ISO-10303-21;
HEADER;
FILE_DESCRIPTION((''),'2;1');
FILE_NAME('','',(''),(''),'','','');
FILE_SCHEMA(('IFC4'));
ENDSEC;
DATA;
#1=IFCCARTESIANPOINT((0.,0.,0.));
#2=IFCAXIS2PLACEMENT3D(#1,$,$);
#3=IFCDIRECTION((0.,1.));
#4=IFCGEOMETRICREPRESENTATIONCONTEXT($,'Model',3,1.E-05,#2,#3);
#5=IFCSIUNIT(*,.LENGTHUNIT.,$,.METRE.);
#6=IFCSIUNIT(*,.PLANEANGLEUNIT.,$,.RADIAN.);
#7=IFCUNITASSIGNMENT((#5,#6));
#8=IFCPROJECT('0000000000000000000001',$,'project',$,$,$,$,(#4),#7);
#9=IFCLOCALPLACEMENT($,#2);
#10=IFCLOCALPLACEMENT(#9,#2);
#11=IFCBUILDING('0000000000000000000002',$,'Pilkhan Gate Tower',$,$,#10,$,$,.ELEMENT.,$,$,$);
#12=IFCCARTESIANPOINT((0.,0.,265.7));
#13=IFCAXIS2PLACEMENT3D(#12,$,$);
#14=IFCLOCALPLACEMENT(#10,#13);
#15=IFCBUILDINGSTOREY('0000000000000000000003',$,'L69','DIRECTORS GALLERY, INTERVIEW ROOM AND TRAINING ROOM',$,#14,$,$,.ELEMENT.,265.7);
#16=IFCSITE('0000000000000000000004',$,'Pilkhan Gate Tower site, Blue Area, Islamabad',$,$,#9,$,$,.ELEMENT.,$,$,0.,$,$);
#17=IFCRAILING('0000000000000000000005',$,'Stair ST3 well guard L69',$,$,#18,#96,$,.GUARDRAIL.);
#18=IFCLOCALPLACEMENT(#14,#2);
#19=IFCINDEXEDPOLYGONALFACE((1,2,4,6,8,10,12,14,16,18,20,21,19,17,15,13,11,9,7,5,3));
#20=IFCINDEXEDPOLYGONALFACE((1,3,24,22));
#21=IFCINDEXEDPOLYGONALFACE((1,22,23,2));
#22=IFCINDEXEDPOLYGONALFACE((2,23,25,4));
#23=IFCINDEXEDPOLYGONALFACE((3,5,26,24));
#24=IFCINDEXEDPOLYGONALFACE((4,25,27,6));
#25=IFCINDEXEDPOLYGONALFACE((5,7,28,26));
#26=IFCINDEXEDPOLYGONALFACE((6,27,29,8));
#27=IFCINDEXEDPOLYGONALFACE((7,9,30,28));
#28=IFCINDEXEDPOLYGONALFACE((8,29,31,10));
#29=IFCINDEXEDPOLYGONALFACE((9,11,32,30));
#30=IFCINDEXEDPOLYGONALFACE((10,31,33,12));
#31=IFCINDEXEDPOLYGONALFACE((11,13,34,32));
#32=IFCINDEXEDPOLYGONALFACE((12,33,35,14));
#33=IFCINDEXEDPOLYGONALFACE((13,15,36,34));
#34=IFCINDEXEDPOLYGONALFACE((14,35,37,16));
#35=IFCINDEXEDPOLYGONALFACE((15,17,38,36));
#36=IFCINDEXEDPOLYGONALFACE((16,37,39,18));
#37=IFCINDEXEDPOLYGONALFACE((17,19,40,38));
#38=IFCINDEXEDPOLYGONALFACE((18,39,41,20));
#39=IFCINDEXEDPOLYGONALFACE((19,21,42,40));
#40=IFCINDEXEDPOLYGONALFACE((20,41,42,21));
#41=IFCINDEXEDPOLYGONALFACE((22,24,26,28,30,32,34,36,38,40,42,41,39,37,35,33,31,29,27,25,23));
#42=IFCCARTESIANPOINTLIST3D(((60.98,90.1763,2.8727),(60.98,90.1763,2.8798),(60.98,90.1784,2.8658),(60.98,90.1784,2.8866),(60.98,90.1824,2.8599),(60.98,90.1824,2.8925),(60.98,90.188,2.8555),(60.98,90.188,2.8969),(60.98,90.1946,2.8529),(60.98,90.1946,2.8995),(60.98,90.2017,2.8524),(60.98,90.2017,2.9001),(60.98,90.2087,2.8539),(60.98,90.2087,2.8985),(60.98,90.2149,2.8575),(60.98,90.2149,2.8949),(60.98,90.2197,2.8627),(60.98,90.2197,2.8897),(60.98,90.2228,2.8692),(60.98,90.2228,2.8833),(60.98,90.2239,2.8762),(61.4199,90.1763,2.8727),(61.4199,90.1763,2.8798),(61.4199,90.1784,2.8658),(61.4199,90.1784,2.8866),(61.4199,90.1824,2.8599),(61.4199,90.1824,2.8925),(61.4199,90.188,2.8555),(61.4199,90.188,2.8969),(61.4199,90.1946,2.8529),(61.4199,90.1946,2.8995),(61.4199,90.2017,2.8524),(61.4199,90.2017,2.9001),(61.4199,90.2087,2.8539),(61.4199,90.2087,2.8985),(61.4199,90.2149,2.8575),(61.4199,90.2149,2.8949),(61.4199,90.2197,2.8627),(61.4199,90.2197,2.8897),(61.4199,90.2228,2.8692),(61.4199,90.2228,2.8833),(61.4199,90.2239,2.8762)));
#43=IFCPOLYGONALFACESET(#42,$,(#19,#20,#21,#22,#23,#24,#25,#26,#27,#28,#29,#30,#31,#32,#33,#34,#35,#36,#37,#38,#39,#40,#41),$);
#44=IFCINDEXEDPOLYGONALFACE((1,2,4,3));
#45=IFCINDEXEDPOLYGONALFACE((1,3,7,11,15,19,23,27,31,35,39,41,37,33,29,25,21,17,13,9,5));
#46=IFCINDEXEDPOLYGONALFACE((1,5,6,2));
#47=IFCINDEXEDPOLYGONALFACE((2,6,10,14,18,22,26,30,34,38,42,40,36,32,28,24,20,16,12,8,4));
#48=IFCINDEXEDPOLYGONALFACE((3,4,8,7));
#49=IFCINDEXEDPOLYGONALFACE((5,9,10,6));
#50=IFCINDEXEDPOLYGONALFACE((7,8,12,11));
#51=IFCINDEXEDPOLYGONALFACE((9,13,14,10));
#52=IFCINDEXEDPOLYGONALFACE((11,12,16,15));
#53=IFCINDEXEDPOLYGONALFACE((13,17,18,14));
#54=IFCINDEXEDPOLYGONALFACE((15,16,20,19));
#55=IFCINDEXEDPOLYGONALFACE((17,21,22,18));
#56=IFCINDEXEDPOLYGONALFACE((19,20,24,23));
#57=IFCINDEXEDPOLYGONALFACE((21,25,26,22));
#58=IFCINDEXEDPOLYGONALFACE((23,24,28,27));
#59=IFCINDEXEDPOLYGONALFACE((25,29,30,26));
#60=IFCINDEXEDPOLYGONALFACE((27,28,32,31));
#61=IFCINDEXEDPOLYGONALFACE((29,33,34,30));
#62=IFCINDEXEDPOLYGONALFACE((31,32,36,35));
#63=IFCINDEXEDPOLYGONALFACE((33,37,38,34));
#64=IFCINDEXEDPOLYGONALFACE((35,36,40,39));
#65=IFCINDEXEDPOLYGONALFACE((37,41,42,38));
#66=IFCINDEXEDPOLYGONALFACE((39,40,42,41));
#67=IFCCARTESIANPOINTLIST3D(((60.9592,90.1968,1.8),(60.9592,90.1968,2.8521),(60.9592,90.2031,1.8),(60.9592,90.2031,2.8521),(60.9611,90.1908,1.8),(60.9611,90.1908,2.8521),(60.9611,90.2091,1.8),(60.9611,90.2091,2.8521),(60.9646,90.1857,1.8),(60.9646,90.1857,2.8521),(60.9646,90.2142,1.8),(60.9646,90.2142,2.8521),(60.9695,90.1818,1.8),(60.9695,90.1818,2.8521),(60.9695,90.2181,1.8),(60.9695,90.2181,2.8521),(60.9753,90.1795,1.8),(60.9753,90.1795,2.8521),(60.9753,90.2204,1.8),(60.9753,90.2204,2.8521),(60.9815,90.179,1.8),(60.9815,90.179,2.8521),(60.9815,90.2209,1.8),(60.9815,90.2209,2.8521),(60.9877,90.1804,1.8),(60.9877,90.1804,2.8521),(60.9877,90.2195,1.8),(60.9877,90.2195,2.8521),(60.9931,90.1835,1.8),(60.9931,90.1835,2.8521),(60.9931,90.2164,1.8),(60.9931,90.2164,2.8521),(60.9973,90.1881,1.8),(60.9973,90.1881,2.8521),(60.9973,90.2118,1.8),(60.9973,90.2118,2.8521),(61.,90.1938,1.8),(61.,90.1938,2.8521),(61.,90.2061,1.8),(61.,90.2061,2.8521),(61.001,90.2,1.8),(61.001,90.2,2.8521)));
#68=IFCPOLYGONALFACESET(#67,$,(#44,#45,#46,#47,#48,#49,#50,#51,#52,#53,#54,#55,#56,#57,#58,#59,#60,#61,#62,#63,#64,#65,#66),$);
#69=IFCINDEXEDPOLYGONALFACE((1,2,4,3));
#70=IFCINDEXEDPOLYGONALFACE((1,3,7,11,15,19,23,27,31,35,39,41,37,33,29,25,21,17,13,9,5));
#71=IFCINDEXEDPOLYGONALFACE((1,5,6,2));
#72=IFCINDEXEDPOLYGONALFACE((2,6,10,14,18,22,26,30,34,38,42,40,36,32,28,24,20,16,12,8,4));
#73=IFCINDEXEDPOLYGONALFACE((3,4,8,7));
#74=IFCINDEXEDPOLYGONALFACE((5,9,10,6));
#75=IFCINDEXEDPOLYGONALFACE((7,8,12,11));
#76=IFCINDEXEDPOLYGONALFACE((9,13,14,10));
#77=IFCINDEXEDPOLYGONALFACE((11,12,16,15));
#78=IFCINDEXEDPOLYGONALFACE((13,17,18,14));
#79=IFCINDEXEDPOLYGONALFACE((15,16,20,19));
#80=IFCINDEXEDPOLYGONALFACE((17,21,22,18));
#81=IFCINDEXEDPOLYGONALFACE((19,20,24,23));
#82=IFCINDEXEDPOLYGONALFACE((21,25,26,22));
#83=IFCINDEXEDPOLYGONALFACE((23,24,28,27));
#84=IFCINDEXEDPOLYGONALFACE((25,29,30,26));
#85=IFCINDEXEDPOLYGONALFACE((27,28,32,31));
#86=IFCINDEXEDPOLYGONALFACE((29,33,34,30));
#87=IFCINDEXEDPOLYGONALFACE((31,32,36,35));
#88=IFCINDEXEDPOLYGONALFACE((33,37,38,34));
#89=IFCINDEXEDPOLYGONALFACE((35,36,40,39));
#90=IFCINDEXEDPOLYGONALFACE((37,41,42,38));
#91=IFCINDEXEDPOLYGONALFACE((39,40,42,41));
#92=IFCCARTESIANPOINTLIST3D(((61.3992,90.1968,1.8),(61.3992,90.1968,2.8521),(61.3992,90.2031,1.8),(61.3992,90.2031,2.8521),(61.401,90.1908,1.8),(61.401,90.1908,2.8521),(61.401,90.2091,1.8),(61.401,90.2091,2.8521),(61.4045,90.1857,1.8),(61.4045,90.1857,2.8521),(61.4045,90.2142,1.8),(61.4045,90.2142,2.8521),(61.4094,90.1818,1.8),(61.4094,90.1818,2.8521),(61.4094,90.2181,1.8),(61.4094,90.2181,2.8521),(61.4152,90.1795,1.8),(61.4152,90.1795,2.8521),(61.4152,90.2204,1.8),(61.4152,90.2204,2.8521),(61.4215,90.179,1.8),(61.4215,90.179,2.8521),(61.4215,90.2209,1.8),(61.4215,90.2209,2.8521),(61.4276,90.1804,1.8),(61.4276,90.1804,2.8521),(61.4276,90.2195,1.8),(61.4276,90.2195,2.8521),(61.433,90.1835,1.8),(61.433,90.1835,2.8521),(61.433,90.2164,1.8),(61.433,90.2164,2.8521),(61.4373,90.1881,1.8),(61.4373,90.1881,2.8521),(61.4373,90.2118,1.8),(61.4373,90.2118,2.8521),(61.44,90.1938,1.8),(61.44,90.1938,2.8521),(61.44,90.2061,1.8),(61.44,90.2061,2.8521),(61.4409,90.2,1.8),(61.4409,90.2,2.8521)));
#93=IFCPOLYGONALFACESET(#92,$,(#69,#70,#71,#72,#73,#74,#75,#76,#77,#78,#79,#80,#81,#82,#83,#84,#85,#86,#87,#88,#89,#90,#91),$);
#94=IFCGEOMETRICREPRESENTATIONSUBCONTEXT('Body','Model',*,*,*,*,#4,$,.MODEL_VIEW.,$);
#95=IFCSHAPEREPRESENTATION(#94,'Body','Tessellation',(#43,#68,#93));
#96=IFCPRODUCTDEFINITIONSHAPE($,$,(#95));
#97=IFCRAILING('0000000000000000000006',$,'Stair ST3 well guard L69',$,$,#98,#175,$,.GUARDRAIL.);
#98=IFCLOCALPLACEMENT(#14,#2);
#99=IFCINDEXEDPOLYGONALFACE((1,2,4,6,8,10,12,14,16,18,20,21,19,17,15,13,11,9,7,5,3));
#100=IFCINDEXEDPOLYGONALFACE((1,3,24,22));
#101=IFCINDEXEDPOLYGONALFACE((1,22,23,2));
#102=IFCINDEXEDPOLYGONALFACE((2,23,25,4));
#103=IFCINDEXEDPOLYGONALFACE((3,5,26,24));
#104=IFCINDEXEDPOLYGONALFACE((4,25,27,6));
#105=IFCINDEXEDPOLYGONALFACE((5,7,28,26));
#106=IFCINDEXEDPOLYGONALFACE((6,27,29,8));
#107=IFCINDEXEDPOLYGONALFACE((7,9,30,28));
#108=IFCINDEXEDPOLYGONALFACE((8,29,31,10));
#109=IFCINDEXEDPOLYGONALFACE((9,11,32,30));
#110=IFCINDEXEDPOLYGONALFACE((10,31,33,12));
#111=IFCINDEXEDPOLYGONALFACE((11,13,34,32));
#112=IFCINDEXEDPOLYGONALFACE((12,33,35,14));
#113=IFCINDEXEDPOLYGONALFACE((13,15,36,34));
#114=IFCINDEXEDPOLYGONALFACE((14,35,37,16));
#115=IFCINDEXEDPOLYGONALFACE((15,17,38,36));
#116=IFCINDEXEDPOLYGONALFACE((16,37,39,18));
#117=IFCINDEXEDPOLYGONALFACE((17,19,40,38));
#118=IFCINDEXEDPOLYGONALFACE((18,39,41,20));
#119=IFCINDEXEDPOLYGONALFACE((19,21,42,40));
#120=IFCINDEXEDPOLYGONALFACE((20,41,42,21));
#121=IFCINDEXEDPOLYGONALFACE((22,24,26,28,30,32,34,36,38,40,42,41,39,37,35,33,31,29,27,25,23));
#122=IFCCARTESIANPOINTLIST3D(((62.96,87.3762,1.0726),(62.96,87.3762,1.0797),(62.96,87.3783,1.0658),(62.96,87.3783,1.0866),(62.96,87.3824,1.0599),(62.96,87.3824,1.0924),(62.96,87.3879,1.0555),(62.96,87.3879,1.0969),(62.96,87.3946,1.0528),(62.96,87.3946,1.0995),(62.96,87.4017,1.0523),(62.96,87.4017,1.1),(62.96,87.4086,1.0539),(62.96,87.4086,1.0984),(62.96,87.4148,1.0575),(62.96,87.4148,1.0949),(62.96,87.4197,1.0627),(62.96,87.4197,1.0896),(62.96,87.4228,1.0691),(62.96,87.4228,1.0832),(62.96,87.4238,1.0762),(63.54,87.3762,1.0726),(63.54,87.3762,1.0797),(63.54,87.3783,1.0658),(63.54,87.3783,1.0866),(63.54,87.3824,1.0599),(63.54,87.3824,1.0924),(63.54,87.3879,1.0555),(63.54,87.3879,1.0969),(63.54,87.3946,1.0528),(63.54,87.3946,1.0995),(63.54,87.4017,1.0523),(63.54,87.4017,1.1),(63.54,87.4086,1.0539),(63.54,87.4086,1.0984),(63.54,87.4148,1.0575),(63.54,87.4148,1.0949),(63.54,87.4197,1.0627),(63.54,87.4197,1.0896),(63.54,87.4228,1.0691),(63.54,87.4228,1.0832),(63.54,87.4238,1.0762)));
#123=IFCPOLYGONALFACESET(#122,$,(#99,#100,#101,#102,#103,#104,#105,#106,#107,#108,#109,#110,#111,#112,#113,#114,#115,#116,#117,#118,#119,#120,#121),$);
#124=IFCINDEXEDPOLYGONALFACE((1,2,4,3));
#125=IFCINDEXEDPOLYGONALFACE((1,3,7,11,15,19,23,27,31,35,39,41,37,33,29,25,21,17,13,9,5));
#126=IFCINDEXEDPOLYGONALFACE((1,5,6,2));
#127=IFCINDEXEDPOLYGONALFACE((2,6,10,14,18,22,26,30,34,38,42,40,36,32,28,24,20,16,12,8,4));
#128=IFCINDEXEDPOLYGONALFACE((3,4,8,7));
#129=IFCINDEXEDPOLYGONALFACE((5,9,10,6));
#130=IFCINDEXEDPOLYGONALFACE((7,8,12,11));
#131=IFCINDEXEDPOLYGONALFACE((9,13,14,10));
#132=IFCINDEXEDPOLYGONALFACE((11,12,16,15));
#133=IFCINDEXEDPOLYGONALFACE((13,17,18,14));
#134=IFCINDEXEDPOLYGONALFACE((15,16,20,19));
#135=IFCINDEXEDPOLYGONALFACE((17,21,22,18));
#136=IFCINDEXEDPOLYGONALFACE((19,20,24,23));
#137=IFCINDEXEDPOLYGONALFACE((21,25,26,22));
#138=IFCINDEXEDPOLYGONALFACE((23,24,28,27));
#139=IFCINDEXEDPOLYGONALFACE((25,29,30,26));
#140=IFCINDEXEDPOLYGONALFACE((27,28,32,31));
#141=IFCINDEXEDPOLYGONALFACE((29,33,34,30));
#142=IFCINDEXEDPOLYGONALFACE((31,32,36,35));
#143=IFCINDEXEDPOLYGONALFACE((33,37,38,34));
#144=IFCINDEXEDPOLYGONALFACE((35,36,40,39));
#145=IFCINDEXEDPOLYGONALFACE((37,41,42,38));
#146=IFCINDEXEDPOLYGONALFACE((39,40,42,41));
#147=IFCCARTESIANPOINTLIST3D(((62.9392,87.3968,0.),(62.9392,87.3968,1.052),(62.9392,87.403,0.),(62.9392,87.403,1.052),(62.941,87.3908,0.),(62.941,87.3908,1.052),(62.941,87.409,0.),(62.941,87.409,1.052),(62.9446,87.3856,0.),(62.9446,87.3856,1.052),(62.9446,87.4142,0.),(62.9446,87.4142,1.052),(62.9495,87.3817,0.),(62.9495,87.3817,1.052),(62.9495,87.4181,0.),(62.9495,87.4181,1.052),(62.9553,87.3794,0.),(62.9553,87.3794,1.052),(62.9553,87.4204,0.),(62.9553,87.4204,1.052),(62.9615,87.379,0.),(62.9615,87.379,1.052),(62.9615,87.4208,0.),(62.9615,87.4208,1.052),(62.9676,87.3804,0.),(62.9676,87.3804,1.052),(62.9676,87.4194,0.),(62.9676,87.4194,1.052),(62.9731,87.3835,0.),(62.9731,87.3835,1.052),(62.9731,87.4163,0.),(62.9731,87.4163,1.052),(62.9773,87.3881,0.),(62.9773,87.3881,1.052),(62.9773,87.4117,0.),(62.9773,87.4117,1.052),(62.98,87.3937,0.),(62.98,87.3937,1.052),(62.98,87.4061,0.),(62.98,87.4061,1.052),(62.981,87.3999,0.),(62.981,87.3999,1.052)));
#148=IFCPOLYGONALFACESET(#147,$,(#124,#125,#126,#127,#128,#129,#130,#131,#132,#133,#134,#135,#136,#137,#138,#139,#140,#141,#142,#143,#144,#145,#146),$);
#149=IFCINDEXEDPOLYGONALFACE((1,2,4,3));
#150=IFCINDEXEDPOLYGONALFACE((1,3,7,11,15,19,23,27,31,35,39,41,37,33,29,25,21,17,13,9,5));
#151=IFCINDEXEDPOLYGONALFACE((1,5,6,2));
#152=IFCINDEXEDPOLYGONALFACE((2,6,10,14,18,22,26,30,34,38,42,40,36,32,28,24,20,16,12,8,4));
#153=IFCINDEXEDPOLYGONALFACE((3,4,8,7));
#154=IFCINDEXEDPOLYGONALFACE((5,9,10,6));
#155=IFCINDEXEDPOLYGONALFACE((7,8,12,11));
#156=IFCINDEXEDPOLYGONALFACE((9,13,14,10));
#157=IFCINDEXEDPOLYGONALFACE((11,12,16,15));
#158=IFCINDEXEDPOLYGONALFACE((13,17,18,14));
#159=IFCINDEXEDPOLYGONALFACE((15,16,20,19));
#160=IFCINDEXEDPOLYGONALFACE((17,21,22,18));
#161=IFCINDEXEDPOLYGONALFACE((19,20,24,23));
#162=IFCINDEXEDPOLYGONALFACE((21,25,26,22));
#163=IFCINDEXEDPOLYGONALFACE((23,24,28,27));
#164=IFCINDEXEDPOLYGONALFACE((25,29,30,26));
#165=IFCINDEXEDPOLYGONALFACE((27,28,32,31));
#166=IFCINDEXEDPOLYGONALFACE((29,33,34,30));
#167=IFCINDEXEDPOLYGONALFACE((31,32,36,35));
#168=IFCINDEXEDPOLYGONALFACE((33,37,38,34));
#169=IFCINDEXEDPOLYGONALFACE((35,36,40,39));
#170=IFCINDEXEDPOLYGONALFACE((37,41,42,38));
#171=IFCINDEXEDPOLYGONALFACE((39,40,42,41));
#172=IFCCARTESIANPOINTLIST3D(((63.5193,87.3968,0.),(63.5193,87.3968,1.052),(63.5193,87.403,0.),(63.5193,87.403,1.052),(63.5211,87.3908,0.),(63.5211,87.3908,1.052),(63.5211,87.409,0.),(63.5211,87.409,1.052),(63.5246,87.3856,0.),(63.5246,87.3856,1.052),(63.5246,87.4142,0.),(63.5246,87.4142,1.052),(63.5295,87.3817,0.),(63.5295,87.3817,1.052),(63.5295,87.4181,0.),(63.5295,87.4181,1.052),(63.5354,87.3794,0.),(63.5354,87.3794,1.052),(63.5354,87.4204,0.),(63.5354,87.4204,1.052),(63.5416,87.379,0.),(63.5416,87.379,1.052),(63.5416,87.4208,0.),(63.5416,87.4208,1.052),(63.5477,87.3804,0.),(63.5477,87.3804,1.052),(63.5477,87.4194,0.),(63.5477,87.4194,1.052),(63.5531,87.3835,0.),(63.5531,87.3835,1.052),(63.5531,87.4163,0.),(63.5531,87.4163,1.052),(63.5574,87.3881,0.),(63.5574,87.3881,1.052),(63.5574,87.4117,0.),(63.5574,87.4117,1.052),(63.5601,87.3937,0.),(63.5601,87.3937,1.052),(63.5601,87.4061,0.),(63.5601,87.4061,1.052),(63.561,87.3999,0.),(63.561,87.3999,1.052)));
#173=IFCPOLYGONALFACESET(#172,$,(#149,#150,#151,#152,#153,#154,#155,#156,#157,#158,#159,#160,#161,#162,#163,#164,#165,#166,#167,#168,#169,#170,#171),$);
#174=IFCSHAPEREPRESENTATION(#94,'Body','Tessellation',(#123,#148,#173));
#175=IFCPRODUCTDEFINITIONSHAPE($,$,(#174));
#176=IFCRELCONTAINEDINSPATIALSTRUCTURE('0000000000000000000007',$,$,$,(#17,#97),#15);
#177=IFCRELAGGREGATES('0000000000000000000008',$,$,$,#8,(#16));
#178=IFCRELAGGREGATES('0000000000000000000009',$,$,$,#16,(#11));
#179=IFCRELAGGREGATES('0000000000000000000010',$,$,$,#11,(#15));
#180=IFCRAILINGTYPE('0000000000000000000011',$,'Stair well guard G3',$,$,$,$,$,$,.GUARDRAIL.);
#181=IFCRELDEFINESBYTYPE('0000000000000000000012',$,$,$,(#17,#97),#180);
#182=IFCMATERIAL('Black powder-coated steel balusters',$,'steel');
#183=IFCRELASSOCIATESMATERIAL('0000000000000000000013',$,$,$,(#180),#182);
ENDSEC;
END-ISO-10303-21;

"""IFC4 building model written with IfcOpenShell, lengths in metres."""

from ifc_helpers import new_model, si_unit, direction, frame, origin, origin_2d, place, context, subcontext, project, spatial, circle, extrude, material, type_object, element, save


model = new_model("IFC4")

# Units and contexts
model_context = context("Model", 3, precision=1e-05, world=origin(), true_north=direction((0.0, 1.0)))
body_context = subcontext(model_context, "Body", "Model", "MODEL_VIEW")
ifc_project = project(units=[si_unit("LENGTHUNIT", "METRE"), si_unit("PLANEANGLEUNIT", "RADIAN")], contexts=[model_context])

# Site, building, storey
site_placement = place(None, origin())
site = spatial("IfcSite", under=ifc_project, at=site_placement, Name="Pilkhan Gate Tower site, Blue Area, Islamabad", CompositionType="ELEMENT", RefElevation=0.0)
building_placement = place(site_placement, origin())
building = spatial("IfcBuilding", under=site, at=building_placement, Name="Pilkhan Gate Tower", CompositionType="ELEMENT")
storey_placement = place(building_placement, frame((0.0, 0.0, 265.7)))
storey = spatial("IfcBuildingStorey", under=building, at=storey_placement, Name="L69", Description="DIRECTORS GALLERY, INTERVIEW ROOM AND TRAINING ROOM", CompositionType="ELEMENT", Elevation=265.7)

# Railings
ifc_material_1 = material(Name="Black powder-coated steel balusters", Category="steel")
railing_type_1 = type_object("IfcRailingType", Name="Stair well guard G3", PredefinedType="GUARDRAIL", material=ifc_material_1)
railing_1_placement = place(storey_placement, frame((60.98, 90.2, 1.8)))
element("IfcRailing", 1, at=railing_1_placement, inside=storey, type_object=railing_type_1, Name="Stair ST3 well guard L69", PredefinedType="GUARDRAIL", context=body_context, shape_type="SweptSolid", body=[
    extrude(circle(Radius=0.0239, at=origin_2d()), frame((0.0, 0.0, 1.0762), z_axis=(1.0, 0.0, 0.0), x_axis=(0.0, 1.0, 0.0)), (0.0, 0.0, 1.0), 0.4399),
    extrude(circle(Radius=0.021, at=origin_2d()), origin(), (0.0, 0.0, 1.0), 1.052),
    extrude(circle(Radius=0.021, at=origin_2d()), frame((0.4399, 0.0, 0.0)), (0.0, 0.0, 1.0), 1.052),
])
for number, where, name in (
    (2, (62.96, 87.3999, 0.0), "Stair ST3 well guard L69"),
):
    element("IfcRailing", number, at=place(storey_placement, frame(where)), inside=storey, type_object=railing_type_1, Name=name, PredefinedType="GUARDRAIL", context=body_context, shape_type="SweptSolid", body=[
        extrude(circle(Radius=0.0239, at=origin_2d()), frame((0.0, 0.0, 1.0762), z_axis=(1.0, 0.0, 0.0), x_axis=(0.0, 1.0, 0.0)), (0.0, 0.0, 1.0), 0.5801),
        extrude(circle(Radius=0.021, at=origin_2d()), origin(), (0.0, 0.0, 1.0), 1.052),
        extrude(circle(Radius=0.021, at=origin_2d()), frame((0.5801, 0.0, 0.0)), (0.0, 0.0, 1.0), 1.052),
    ])

save(model, "model.ifc")
